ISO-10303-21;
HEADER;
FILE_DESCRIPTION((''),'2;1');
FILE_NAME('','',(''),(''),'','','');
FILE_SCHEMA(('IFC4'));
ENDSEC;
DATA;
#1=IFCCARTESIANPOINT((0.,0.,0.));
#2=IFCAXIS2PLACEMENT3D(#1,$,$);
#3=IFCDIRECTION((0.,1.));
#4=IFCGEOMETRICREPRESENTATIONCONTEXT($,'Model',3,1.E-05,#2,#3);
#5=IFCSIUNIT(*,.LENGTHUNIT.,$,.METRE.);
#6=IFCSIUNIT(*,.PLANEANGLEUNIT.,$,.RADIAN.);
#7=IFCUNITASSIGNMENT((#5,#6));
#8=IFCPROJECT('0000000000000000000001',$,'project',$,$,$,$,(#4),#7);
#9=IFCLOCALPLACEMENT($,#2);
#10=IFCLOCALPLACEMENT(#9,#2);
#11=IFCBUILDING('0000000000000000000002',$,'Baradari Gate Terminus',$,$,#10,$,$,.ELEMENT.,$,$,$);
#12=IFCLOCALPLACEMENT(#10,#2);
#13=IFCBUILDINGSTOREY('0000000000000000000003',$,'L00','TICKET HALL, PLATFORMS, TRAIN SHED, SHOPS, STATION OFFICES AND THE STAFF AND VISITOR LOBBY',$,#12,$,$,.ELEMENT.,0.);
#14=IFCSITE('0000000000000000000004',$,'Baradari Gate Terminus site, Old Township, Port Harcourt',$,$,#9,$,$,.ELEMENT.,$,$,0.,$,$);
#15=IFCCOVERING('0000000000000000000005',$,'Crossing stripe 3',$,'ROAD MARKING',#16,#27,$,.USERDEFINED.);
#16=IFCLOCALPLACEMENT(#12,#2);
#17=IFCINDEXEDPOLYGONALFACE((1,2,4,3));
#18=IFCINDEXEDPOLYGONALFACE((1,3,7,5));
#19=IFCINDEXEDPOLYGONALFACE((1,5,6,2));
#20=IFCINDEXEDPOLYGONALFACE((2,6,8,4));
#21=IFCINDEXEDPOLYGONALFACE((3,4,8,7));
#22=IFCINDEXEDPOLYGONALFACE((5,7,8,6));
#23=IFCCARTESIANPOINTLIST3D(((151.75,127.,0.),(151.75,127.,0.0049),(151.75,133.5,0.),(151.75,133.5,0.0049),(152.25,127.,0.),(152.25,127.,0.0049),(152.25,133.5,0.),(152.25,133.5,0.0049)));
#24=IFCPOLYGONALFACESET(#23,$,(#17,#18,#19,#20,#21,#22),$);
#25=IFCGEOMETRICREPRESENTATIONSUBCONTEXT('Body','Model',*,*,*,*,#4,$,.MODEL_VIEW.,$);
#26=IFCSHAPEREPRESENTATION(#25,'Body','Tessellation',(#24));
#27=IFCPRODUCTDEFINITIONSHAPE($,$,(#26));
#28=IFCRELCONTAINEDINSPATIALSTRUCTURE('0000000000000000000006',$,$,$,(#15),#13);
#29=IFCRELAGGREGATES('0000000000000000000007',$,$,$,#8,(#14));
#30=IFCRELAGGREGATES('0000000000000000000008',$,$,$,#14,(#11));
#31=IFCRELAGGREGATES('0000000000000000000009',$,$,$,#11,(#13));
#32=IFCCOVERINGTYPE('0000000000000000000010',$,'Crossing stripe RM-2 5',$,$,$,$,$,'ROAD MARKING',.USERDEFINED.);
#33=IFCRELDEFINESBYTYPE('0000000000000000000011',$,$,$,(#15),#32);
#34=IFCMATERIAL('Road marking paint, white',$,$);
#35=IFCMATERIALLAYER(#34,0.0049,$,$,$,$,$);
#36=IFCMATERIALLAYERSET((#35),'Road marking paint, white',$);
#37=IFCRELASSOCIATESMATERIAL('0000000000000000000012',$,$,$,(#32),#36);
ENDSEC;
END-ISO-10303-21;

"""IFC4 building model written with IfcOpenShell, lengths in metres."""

from ifc_helpers import new_model, si_unit, direction, origin, place, context, subcontext, project, spatial, polyline, outline, extrude, material, layer, layer_set, type_object, element, save


model = new_model("IFC4")

# Units and contexts
model_context = context("Model", 3, precision=1e-05, world=origin(), true_north=direction((0.0, 1.0)))
body_context = subcontext(model_context, "Body", "Model", "MODEL_VIEW")
ifc_project = project(units=[si_unit("LENGTHUNIT", "METRE"), si_unit("PLANEANGLEUNIT", "RADIAN")], contexts=[model_context])

# Site, building, storey
site_placement = place(None, origin())
site = spatial("IfcSite", under=ifc_project, at=site_placement, Name="Baradari Gate Terminus site, Old Township, Port Harcourt", CompositionType="ELEMENT", RefElevation=0.0)
building_placement = place(site_placement, origin())
building = spatial("IfcBuilding", under=site, at=building_placement, Name="Baradari Gate Terminus", CompositionType="ELEMENT")
storey_placement = place(building_placement, origin())
storey = spatial("IfcBuildingStorey", under=building, at=storey_placement, Name="L00", Description="TICKET HALL, PLATFORMS, TRAIN SHED, SHOPS, STATION OFFICES AND THE STAFF AND VISITOR LOBBY", CompositionType="ELEMENT", Elevation=0.0)

# Covering
ifc_material_1 = material(Name="Road marking paint, white")
ifc_layer_1 = layer(ifc_material_1, 0.0049)
ifc_layer_set_1 = layer_set([ifc_layer_1], Name="Road marking paint, white")
covering_type_1 = type_object("IfcCoveringType", Name="Crossing stripe RM-2 5", ElementType="ROAD MARKING", PredefinedType="USERDEFINED", material=ifc_layer_set_1)
covering_1_placement = place(storey_placement, origin())
element("IfcCovering", 1, at=covering_1_placement, inside=storey, type_object=covering_type_1, Name="Crossing stripe 3", ObjectType="ROAD MARKING", PredefinedType="USERDEFINED", context=body_context, shape_type="SweptSolid", body=[
    extrude(outline(polyline([(152.25, 127.0), (152.25, 133.5), (151.75, 133.5), (151.75, 127.0), (152.25, 127.0)])), origin(), (0.0, 0.0, 1.0), 0.0049),
])

save(model, "model.ifc")
